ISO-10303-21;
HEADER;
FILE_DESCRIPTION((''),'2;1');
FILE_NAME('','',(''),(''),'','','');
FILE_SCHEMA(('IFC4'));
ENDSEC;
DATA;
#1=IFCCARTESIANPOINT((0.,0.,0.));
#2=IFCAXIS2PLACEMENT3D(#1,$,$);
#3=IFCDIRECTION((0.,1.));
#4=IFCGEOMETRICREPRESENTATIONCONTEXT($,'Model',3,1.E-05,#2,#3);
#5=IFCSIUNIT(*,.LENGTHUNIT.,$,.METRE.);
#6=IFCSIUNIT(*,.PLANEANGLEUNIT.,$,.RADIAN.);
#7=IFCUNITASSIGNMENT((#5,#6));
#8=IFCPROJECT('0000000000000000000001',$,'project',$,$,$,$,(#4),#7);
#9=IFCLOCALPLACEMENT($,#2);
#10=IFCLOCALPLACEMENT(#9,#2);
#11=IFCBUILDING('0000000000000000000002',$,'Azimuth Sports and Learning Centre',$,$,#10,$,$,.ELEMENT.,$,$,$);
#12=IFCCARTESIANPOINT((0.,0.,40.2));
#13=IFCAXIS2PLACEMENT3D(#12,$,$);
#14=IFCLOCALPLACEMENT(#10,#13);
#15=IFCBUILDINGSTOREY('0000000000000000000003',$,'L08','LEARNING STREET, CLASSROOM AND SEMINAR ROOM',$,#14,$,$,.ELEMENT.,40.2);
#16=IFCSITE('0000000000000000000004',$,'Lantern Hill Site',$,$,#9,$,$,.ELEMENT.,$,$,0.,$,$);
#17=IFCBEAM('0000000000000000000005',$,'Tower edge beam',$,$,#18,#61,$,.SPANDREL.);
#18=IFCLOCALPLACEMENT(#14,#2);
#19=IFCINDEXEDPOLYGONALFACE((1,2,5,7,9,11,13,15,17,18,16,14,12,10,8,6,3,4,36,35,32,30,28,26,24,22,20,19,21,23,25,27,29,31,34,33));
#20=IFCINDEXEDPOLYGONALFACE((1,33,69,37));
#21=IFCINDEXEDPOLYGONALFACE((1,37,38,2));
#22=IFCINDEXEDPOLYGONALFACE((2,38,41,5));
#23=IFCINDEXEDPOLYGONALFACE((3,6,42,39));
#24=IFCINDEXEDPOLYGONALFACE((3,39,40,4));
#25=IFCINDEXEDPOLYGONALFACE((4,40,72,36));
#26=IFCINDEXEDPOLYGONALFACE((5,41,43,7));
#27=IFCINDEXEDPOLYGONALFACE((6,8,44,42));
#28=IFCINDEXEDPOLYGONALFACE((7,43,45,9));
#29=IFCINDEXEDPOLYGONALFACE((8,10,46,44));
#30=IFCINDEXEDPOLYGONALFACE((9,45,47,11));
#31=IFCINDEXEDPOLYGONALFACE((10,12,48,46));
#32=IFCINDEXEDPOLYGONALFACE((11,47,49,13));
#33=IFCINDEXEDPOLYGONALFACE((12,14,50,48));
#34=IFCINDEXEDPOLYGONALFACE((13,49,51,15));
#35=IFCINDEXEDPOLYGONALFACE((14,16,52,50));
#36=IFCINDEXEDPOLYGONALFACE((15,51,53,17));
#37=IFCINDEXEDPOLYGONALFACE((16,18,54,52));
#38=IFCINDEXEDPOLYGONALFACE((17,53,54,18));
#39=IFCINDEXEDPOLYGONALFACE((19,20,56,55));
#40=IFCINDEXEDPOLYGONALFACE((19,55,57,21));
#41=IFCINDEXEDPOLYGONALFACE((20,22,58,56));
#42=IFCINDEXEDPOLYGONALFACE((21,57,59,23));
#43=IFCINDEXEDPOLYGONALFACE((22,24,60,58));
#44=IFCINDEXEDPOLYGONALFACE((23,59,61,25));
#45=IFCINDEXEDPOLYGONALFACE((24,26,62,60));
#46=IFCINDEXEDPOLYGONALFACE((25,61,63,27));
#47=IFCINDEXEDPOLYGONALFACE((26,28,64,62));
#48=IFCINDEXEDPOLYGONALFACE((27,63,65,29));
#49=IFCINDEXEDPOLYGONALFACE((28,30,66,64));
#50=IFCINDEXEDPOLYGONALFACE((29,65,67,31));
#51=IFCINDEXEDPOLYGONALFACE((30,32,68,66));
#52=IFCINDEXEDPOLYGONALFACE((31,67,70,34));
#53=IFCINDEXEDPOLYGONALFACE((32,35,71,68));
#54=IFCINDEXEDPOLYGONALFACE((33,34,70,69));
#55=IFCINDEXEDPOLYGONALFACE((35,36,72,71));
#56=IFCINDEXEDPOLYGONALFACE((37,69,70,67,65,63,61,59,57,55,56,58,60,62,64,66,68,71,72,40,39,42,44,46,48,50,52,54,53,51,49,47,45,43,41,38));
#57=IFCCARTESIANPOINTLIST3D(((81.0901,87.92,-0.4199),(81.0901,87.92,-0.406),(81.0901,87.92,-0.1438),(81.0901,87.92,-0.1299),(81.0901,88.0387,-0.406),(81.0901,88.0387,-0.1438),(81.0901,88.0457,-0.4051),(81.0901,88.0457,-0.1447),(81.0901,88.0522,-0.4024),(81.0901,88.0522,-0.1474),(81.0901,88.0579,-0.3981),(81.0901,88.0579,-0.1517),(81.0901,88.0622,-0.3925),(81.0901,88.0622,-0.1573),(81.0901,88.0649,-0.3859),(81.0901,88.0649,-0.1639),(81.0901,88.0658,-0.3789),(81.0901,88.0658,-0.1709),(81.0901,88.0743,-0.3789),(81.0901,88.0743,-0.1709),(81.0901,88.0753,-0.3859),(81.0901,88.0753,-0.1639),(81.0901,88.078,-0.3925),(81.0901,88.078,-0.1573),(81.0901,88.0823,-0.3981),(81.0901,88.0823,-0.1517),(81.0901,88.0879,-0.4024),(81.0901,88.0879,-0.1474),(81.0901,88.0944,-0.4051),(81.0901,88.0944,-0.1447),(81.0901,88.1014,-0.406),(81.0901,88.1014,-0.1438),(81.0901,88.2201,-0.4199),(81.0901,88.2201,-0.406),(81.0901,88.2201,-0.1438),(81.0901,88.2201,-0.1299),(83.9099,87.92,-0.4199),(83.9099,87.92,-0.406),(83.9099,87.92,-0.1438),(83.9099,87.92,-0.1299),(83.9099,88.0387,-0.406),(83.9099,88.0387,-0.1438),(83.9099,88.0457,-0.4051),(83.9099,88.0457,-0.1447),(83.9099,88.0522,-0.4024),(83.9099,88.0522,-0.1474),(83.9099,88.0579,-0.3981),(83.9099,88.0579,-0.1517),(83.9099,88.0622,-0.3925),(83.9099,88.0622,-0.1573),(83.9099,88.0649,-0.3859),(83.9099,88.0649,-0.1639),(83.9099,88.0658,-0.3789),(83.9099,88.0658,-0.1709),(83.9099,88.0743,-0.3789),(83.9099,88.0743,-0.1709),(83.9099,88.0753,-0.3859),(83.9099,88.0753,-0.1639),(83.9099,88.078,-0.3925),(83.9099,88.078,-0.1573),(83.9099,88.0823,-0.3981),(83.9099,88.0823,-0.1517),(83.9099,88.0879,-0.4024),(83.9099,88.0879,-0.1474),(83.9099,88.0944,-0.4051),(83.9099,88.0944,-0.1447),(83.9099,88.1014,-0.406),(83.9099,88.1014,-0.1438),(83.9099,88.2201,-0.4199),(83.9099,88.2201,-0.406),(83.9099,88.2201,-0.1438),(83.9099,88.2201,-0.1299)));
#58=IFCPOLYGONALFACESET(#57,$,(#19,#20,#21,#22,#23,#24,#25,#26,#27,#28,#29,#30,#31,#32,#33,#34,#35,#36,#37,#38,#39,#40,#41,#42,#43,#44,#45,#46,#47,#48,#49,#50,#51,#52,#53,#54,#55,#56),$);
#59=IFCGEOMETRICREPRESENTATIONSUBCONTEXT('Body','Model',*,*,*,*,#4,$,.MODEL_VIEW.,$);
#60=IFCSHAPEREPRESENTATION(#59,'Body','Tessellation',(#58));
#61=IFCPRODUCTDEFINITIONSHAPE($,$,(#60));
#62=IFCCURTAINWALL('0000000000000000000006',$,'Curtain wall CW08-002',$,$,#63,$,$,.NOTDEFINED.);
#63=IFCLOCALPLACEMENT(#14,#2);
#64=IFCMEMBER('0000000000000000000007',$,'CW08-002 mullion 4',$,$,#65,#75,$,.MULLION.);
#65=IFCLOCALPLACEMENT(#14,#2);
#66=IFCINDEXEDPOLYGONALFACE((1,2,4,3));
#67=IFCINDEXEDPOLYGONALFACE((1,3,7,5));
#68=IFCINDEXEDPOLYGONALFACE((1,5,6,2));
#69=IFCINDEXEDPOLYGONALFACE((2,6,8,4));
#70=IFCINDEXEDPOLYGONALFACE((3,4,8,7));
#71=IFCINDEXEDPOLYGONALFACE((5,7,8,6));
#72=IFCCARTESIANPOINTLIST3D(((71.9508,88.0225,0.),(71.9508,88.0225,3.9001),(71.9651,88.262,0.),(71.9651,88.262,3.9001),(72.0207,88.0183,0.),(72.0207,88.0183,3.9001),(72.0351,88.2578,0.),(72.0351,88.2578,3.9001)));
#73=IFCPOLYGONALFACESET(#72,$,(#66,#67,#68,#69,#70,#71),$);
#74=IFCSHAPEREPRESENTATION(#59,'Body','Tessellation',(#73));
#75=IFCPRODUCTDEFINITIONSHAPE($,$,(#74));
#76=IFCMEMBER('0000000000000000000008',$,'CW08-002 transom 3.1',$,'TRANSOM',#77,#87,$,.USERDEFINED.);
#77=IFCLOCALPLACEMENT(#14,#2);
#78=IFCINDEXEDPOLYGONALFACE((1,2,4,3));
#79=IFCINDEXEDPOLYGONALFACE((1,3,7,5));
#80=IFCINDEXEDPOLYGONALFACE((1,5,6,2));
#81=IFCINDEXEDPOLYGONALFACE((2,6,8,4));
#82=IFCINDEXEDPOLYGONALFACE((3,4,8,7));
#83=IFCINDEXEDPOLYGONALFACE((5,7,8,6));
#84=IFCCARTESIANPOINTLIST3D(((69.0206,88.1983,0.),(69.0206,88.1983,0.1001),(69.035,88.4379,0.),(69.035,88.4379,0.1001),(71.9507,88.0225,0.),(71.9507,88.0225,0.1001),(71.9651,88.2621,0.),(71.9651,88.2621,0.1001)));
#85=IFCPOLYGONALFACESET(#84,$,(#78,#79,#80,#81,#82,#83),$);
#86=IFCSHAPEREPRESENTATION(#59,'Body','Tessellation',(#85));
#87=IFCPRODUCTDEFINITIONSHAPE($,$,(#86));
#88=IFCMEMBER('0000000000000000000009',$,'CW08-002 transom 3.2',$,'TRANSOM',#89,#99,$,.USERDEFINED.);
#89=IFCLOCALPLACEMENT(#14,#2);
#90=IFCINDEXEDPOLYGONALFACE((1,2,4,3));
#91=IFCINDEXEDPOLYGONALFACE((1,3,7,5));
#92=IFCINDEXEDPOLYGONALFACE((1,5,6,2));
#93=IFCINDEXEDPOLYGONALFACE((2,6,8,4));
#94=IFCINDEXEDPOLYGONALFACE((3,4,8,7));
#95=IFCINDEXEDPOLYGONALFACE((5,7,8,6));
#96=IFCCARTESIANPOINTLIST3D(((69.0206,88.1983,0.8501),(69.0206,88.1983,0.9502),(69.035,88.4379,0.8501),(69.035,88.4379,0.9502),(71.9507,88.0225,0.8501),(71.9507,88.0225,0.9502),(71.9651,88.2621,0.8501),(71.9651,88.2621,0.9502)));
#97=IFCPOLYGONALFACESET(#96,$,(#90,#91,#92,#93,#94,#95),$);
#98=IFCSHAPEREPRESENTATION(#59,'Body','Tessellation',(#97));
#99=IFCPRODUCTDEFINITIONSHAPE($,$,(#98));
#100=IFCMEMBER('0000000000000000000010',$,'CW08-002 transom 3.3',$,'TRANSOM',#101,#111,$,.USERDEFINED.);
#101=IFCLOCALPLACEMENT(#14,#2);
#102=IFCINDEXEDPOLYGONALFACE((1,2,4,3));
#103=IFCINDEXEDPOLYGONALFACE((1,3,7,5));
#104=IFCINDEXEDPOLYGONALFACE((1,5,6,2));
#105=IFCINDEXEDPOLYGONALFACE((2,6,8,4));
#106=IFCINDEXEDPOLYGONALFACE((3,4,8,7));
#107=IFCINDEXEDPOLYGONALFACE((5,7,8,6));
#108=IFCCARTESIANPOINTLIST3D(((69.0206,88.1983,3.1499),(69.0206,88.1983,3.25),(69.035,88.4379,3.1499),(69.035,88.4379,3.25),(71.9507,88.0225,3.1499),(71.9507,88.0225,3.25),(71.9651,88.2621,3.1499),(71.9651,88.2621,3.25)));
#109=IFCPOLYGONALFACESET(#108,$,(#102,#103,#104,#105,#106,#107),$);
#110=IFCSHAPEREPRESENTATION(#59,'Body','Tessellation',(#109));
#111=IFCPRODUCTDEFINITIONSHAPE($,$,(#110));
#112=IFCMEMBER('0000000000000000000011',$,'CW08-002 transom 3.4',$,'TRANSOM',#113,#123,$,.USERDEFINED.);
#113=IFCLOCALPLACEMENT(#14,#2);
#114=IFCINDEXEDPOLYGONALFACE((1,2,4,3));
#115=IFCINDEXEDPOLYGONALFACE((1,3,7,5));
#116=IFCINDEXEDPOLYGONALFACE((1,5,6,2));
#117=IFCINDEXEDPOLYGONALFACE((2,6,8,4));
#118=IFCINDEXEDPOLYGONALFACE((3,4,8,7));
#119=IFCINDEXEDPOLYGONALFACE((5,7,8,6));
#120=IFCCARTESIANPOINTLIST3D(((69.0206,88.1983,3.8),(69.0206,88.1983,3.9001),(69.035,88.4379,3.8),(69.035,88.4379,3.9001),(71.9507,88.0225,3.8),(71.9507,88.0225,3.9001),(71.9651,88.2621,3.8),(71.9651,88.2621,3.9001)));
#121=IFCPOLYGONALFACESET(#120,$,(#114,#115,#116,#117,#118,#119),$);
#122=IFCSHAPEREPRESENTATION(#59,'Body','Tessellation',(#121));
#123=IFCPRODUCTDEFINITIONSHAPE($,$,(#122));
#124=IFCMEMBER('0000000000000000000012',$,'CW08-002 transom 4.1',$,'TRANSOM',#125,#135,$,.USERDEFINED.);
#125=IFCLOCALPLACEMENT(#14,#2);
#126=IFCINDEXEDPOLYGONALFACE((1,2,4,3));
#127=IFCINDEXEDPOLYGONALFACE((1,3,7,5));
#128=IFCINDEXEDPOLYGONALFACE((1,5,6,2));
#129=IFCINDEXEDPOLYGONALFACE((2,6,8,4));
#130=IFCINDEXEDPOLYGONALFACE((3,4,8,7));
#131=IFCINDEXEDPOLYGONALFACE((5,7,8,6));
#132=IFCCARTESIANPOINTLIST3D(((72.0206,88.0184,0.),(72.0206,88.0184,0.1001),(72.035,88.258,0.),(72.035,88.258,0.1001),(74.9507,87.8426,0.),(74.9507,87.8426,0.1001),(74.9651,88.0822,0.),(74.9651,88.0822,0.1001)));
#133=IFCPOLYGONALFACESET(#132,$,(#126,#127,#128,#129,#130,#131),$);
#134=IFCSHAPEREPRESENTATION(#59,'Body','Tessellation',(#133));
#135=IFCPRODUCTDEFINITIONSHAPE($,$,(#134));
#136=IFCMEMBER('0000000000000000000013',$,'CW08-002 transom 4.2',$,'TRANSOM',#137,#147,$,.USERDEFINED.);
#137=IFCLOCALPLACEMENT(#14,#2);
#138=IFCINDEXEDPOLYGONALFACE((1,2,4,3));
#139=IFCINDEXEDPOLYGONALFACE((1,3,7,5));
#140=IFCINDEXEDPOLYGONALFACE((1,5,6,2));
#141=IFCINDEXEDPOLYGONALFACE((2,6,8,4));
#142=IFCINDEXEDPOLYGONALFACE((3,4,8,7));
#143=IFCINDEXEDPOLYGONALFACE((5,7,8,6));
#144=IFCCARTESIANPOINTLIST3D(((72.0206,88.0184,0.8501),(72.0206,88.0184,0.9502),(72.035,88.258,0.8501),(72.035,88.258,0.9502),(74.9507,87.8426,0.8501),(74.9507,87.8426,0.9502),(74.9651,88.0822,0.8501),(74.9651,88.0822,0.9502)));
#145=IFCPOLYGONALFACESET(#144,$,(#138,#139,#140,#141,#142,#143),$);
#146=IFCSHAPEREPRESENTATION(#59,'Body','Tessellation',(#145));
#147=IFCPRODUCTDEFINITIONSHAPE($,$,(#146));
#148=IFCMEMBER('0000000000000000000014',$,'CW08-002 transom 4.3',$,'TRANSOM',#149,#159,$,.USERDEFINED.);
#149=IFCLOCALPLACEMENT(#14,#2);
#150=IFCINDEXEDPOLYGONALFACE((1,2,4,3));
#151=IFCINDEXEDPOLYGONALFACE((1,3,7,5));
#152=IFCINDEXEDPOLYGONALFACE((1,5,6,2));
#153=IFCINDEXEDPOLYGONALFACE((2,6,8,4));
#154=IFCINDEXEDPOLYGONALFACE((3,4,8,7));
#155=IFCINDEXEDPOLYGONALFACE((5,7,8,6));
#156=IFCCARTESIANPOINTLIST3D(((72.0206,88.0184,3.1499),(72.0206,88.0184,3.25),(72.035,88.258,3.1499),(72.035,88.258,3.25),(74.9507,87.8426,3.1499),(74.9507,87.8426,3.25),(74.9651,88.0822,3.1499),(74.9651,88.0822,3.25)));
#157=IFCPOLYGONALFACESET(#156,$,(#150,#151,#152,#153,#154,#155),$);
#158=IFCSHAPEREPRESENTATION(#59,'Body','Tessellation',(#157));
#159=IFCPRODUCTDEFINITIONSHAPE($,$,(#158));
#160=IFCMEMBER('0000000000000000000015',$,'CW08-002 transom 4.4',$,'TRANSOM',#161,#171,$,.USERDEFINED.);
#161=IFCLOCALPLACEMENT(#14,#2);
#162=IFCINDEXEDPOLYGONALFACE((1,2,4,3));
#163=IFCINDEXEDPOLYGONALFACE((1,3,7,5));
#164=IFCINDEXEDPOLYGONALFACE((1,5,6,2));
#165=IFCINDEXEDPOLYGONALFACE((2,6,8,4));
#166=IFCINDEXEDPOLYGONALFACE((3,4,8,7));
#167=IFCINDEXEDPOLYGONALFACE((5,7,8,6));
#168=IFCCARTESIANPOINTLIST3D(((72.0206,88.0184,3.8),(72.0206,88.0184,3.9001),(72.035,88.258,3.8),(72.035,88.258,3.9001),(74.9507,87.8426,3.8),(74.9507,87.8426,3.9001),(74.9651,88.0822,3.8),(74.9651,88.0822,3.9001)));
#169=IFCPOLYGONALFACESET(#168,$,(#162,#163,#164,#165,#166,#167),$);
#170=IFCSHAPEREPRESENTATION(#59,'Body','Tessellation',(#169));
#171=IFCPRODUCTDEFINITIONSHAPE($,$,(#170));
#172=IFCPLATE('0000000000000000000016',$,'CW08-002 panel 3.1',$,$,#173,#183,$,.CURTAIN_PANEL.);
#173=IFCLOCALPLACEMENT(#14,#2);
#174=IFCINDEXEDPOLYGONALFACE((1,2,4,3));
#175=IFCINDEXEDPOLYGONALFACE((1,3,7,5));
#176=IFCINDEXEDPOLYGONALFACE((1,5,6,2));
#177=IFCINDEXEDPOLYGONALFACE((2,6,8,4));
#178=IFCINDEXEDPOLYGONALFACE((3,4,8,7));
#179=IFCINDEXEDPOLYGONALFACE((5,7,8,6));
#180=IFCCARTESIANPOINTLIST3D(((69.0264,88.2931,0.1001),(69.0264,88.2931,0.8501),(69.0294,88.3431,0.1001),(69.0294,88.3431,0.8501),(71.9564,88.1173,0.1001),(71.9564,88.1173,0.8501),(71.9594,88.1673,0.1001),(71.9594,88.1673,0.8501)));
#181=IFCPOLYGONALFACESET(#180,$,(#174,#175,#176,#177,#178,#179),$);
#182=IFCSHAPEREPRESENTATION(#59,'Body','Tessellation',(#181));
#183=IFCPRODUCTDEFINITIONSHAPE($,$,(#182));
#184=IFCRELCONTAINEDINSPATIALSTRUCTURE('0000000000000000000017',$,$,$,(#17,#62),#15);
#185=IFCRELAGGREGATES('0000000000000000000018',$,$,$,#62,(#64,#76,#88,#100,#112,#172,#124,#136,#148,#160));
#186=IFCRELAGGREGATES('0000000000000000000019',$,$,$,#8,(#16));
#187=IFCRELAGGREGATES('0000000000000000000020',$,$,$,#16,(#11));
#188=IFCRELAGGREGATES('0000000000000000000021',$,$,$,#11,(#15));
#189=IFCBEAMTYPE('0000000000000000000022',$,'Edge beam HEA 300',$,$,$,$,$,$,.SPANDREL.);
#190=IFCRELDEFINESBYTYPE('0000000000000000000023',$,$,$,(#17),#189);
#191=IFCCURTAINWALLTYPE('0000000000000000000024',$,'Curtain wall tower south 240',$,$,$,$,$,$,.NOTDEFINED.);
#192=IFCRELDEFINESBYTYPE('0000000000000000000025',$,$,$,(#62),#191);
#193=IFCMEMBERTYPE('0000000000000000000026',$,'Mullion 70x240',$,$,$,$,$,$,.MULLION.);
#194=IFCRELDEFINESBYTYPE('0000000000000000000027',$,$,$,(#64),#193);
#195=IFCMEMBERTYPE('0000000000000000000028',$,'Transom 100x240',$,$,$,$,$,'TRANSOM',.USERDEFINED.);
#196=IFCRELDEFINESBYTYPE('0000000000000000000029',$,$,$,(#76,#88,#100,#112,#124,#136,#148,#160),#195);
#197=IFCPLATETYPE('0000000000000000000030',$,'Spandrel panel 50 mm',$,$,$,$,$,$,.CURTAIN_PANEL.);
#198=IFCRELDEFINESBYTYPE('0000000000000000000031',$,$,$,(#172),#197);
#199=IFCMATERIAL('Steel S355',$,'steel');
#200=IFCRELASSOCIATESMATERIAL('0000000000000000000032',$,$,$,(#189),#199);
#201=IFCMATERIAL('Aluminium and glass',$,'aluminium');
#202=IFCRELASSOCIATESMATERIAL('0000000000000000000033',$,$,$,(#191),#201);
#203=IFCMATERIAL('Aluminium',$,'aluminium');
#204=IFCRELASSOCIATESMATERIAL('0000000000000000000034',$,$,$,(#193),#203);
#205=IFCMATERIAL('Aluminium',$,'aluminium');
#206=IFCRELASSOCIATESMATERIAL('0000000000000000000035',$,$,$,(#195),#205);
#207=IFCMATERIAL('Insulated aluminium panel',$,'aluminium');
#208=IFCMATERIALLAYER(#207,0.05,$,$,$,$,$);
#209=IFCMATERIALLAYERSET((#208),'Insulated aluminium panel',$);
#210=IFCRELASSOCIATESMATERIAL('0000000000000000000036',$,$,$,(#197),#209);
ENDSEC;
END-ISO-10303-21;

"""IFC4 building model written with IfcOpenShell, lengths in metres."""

from ifc_helpers import new_model, si_unit, direction, frame, origin, origin_2d, place, context, subcontext, project, spatial, rectangle, i_section, extrude, material, layer, layer_set, material_profile, profile_set, type_object, element, aggregate, save


model = new_model("IFC4")

# Units and contexts
model_context = context("Model", 3, precision=1e-05, world=origin(), true_north=direction((0.0, 1.0)))
body_context = subcontext(model_context, "Body", "Model", "MODEL_VIEW")
ifc_project = project(units=[si_unit("LENGTHUNIT", "METRE"), si_unit("PLANEANGLEUNIT", "RADIAN")], contexts=[model_context])

# Site, building, storey
site_placement = place(None, origin())
site = spatial("IfcSite", under=ifc_project, at=site_placement, Name="Lantern Hill Site", CompositionType="ELEMENT", RefElevation=0.0)
building_placement = place(site_placement, origin())
building = spatial("IfcBuilding", under=site, at=building_placement, Name="Azimuth Sports and Learning Centre", CompositionType="ELEMENT")
storey_placement = place(building_placement, frame((0.0, 0.0, 40.2)))
storey = spatial("IfcBuildingStorey", under=building, at=storey_placement, Name="L08", Description="LEARNING STREET, CLASSROOM AND SEMINAR ROOM", CompositionType="ELEMENT", Elevation=40.2)

# Beam
ifc_material_1 = material(Name="Steel S355", Category="steel")
ifc_material_profile_1 = material_profile(ifc_material_1, i_section(OverallWidth=0.3, OverallDepth=0.29, WebThickness=0.0085, FlangeThickness=0.0139, FilletRadius=0.0271, at=origin_2d()), Name="HEA 300")
ifc_profile_set_1 = profile_set([ifc_material_profile_1], Name="Steel S355")
beam_type = type_object("IfcBeamType", Name="Edge beam HEA 300", PredefinedType="SPANDREL", material=ifc_profile_set_1)
for number, where, z_axis, x_axis, name in (
    (1, (81.0901, 88.0701, -0.2749), (1.0, 0.0, 0.0), (0.0, 1.0, 0.0), "Tower edge beam"),
):
    element("IfcBeam", number, at=place(storey_placement, frame(where, z_axis=z_axis, x_axis=x_axis)), inside=storey, type_object=beam_type, Name=name, PredefinedType="SPANDREL", context=body_context, shape_type="SweptSolid", body=[
        extrude(i_section(OverallWidth=0.3, OverallDepth=0.29, WebThickness=0.0085, FlangeThickness=0.0139, FilletRadius=0.0271, at=origin_2d()), origin(), (0.0, 0.0, 1.0), 2.8198),
    ])

# Curtain wall, members, plate
ifc_material_2 = material(Name="Aluminium and glass", Category="aluminium")
curtain_wall_type = type_object("IfcCurtainWallType", Name="Curtain wall tower south 240", PredefinedType="NOTDEFINED", material=ifc_material_2)
curtain_wall_placement = place(storey_placement, origin())
curtain_wall = element("IfcCurtainWall", 2, at=curtain_wall_placement, inside=storey, type_object=curtain_wall_type, Name="Curtain wall CW08-002", PredefinedType="NOTDEFINED")
ifc_material_3 = material(Name="Aluminium", Category="aluminium")
ifc_material_profile_2 = material_profile(ifc_material_3, rectangle(XDim=0.24, YDim=0.0701, at=origin_2d()), Name="Mullion 70x240")
ifc_profile_set_2 = profile_set([ifc_material_profile_2], Name="Aluminium")
member_type_1 = type_object("IfcMemberType", Name="Mullion 70x240", PredefinedType="MULLION", material=ifc_profile_set_2)
member_1_placement = place(storey_placement, frame((71.9929, 88.1401, 0.0), z_axis=(0.0, 0.0, 1.0), x_axis=(0.059892, 0.998205, 0.0)))
member_1 = element("IfcMember", 3, at=member_1_placement, type_object=member_type_1, Name="CW08-002 mullion 4", PredefinedType="MULLION", context=body_context, shape_type="SweptSolid", body=[
    extrude(rectangle(XDim=0.24, YDim=0.0701, at=origin_2d()), origin(), (0.0, 0.0, 1.0), 3.9001),
])
ifc_material_4 = material(Name="Aluminium", Category="aluminium")
ifc_material_profile_3 = material_profile(ifc_material_4, rectangle(XDim=0.24, YDim=0.1001, at=origin_2d()), Name="Transom 100x240")
ifc_profile_set_3 = profile_set([ifc_material_profile_3], Name="Aluminium")
member_type_2 = type_object("IfcMemberType", Name="Transom 100x240", ElementType="TRANSOM", PredefinedType="USERDEFINED", material=ifc_profile_set_3)
member_2_placement = place(storey_placement, frame((69.0278, 88.3181, 0.05), z_axis=(0.998205, -0.059887, 0.0), x_axis=(0.059887, 0.998205, 0.0)))
member_2 = element("IfcMember", 4, at=member_2_placement, type_object=member_type_2, Name="CW08-002 transom 3.1", ObjectType="TRANSOM", PredefinedType="USERDEFINED", context=body_context, shape_type="SweptSolid", body=[
    extrude(rectangle(XDim=0.24, YDim=0.1001, at=origin_2d()), origin(), (0.0, 0.0, 1.0), 2.9353),
])
member_3_placement = place(storey_placement, frame((69.0278, 88.3181, 0.9001), z_axis=(0.998205, -0.059887, 0.0), x_axis=(0.059887, 0.998205, 0.0)))
member_3 = element("IfcMember", 5, at=member_3_placement, type_object=member_type_2, Name="CW08-002 transom 3.2", ObjectType="TRANSOM", PredefinedType="USERDEFINED", context=body_context, shape_type="SweptSolid", body=[
    extrude(rectangle(XDim=0.24, YDim=0.1001, at=origin_2d()), origin(), (0.0, 0.0, 1.0), 2.9353),
])
member_4_placement = place(storey_placement, frame((69.0278, 88.3181, 3.2), z_axis=(0.998205, -0.059887, 0.0), x_axis=(0.059887, 0.998205, 0.0)))
member_4 = element("IfcMember", 6, at=member_4_placement, type_object=member_type_2, Name="CW08-002 transom 3.3", ObjectType="TRANSOM", PredefinedType="USERDEFINED", context=body_context, shape_type="SweptSolid", body=[
    extrude(rectangle(XDim=0.24, YDim=0.1001, at=origin_2d()), origin(), (0.0, 0.0, 1.0), 2.9353),
])
member_5_placement = place(storey_placement, frame((69.0278, 88.3181, 3.8501), z_axis=(0.998205, -0.059887, 0.0), x_axis=(0.059887, 0.998205, 0.0)))
member_5 = element("IfcMember", 7, at=member_5_placement, type_object=member_type_2, Name="CW08-002 transom 3.4", ObjectType="TRANSOM", PredefinedType="USERDEFINED", context=body_context, shape_type="SweptSolid", body=[
    extrude(rectangle(XDim=0.24, YDim=0.1001, at=origin_2d()), origin(), (0.0, 0.0, 1.0), 2.9353),
])
member_6_placement = place(storey_placement, frame((72.0278, 88.1382, 0.05), z_axis=(0.998205, -0.059887, 0.0), x_axis=(0.059887, 0.998205, 0.0)))
member_6 = element("IfcMember", 8, at=member_6_placement, type_object=member_type_2, Name="CW08-002 transom 4.1", ObjectType="TRANSOM", PredefinedType="USERDEFINED", context=body_context, shape_type="SweptSolid", body=[
    extrude(rectangle(XDim=0.24, YDim=0.1001, at=origin_2d()), origin(), (0.0, 0.0, 1.0), 2.9353),
])
member_7_placement = place(storey_placement, frame((72.0278, 88.1382, 0.9001), z_axis=(0.998205, -0.059887, 0.0), x_axis=(0.059887, 0.998205, 0.0)))
member_7 = element("IfcMember", 9, at=member_7_placement, type_object=member_type_2, Name="CW08-002 transom 4.2", ObjectType="TRANSOM", PredefinedType="USERDEFINED", context=body_context, shape_type="SweptSolid", body=[
    extrude(rectangle(XDim=0.24, YDim=0.1001, at=origin_2d()), origin(), (0.0, 0.0, 1.0), 2.9353),
])
member_8_placement = place(storey_placement, frame((72.0278, 88.1382, 3.2), z_axis=(0.998205, -0.059887, 0.0), x_axis=(0.059887, 0.998205, 0.0)))
member_8 = element("IfcMember", 10, at=member_8_placement, type_object=member_type_2, Name="CW08-002 transom 4.3", ObjectType="TRANSOM", PredefinedType="USERDEFINED", context=body_context, shape_type="SweptSolid", body=[
    extrude(rectangle(XDim=0.24, YDim=0.1001, at=origin_2d()), origin(), (0.0, 0.0, 1.0), 2.9353),
])
member_9_placement = place(storey_placement, frame((72.0278, 88.1382, 3.8501), z_axis=(0.998205, -0.059887, 0.0), x_axis=(0.059887, 0.998205, 0.0)))
member_9 = element("IfcMember", 11, at=member_9_placement, type_object=member_type_2, Name="CW08-002 transom 4.4", ObjectType="TRANSOM", PredefinedType="USERDEFINED", context=body_context, shape_type="SweptSolid", body=[
    extrude(rectangle(XDim=0.24, YDim=0.1001, at=origin_2d()), origin(), (0.0, 0.0, 1.0), 2.9353),
])
ifc_material_5 = material(Name="Insulated aluminium panel", Category="aluminium")
ifc_layer_1 = layer(ifc_material_5, 0.05)
ifc_layer_set_1 = layer_set([ifc_layer_1], Name="Insulated aluminium panel")
plate_type_1 = type_object("IfcPlateType", Name="Spandrel panel 50 mm", PredefinedType="CURTAIN_PANEL", material=ifc_layer_set_1)
plate_1_placement = place(storey_placement, frame((70.4929, 88.2302, 0.1001), z_axis=(0.0, 0.0, 1.0), x_axis=(0.998205, -0.059892, 0.0)))
plate_1 = element("IfcPlate", 12, at=plate_1_placement, type_object=plate_type_1, Name="CW08-002 panel 3.1", PredefinedType="CURTAIN_PANEL", context=body_context, shape_type="SweptSolid", body=[
    extrude(rectangle(XDim=2.9353, YDim=0.05, at=origin_2d()), origin(), (0.0, 0.0, 1.0), 0.75),
])
aggregate(curtain_wall, [member_1, member_2, member_3, member_4, member_5, plate_1, member_6, member_7, member_8, member_9])

save(model, "model.ifc")
